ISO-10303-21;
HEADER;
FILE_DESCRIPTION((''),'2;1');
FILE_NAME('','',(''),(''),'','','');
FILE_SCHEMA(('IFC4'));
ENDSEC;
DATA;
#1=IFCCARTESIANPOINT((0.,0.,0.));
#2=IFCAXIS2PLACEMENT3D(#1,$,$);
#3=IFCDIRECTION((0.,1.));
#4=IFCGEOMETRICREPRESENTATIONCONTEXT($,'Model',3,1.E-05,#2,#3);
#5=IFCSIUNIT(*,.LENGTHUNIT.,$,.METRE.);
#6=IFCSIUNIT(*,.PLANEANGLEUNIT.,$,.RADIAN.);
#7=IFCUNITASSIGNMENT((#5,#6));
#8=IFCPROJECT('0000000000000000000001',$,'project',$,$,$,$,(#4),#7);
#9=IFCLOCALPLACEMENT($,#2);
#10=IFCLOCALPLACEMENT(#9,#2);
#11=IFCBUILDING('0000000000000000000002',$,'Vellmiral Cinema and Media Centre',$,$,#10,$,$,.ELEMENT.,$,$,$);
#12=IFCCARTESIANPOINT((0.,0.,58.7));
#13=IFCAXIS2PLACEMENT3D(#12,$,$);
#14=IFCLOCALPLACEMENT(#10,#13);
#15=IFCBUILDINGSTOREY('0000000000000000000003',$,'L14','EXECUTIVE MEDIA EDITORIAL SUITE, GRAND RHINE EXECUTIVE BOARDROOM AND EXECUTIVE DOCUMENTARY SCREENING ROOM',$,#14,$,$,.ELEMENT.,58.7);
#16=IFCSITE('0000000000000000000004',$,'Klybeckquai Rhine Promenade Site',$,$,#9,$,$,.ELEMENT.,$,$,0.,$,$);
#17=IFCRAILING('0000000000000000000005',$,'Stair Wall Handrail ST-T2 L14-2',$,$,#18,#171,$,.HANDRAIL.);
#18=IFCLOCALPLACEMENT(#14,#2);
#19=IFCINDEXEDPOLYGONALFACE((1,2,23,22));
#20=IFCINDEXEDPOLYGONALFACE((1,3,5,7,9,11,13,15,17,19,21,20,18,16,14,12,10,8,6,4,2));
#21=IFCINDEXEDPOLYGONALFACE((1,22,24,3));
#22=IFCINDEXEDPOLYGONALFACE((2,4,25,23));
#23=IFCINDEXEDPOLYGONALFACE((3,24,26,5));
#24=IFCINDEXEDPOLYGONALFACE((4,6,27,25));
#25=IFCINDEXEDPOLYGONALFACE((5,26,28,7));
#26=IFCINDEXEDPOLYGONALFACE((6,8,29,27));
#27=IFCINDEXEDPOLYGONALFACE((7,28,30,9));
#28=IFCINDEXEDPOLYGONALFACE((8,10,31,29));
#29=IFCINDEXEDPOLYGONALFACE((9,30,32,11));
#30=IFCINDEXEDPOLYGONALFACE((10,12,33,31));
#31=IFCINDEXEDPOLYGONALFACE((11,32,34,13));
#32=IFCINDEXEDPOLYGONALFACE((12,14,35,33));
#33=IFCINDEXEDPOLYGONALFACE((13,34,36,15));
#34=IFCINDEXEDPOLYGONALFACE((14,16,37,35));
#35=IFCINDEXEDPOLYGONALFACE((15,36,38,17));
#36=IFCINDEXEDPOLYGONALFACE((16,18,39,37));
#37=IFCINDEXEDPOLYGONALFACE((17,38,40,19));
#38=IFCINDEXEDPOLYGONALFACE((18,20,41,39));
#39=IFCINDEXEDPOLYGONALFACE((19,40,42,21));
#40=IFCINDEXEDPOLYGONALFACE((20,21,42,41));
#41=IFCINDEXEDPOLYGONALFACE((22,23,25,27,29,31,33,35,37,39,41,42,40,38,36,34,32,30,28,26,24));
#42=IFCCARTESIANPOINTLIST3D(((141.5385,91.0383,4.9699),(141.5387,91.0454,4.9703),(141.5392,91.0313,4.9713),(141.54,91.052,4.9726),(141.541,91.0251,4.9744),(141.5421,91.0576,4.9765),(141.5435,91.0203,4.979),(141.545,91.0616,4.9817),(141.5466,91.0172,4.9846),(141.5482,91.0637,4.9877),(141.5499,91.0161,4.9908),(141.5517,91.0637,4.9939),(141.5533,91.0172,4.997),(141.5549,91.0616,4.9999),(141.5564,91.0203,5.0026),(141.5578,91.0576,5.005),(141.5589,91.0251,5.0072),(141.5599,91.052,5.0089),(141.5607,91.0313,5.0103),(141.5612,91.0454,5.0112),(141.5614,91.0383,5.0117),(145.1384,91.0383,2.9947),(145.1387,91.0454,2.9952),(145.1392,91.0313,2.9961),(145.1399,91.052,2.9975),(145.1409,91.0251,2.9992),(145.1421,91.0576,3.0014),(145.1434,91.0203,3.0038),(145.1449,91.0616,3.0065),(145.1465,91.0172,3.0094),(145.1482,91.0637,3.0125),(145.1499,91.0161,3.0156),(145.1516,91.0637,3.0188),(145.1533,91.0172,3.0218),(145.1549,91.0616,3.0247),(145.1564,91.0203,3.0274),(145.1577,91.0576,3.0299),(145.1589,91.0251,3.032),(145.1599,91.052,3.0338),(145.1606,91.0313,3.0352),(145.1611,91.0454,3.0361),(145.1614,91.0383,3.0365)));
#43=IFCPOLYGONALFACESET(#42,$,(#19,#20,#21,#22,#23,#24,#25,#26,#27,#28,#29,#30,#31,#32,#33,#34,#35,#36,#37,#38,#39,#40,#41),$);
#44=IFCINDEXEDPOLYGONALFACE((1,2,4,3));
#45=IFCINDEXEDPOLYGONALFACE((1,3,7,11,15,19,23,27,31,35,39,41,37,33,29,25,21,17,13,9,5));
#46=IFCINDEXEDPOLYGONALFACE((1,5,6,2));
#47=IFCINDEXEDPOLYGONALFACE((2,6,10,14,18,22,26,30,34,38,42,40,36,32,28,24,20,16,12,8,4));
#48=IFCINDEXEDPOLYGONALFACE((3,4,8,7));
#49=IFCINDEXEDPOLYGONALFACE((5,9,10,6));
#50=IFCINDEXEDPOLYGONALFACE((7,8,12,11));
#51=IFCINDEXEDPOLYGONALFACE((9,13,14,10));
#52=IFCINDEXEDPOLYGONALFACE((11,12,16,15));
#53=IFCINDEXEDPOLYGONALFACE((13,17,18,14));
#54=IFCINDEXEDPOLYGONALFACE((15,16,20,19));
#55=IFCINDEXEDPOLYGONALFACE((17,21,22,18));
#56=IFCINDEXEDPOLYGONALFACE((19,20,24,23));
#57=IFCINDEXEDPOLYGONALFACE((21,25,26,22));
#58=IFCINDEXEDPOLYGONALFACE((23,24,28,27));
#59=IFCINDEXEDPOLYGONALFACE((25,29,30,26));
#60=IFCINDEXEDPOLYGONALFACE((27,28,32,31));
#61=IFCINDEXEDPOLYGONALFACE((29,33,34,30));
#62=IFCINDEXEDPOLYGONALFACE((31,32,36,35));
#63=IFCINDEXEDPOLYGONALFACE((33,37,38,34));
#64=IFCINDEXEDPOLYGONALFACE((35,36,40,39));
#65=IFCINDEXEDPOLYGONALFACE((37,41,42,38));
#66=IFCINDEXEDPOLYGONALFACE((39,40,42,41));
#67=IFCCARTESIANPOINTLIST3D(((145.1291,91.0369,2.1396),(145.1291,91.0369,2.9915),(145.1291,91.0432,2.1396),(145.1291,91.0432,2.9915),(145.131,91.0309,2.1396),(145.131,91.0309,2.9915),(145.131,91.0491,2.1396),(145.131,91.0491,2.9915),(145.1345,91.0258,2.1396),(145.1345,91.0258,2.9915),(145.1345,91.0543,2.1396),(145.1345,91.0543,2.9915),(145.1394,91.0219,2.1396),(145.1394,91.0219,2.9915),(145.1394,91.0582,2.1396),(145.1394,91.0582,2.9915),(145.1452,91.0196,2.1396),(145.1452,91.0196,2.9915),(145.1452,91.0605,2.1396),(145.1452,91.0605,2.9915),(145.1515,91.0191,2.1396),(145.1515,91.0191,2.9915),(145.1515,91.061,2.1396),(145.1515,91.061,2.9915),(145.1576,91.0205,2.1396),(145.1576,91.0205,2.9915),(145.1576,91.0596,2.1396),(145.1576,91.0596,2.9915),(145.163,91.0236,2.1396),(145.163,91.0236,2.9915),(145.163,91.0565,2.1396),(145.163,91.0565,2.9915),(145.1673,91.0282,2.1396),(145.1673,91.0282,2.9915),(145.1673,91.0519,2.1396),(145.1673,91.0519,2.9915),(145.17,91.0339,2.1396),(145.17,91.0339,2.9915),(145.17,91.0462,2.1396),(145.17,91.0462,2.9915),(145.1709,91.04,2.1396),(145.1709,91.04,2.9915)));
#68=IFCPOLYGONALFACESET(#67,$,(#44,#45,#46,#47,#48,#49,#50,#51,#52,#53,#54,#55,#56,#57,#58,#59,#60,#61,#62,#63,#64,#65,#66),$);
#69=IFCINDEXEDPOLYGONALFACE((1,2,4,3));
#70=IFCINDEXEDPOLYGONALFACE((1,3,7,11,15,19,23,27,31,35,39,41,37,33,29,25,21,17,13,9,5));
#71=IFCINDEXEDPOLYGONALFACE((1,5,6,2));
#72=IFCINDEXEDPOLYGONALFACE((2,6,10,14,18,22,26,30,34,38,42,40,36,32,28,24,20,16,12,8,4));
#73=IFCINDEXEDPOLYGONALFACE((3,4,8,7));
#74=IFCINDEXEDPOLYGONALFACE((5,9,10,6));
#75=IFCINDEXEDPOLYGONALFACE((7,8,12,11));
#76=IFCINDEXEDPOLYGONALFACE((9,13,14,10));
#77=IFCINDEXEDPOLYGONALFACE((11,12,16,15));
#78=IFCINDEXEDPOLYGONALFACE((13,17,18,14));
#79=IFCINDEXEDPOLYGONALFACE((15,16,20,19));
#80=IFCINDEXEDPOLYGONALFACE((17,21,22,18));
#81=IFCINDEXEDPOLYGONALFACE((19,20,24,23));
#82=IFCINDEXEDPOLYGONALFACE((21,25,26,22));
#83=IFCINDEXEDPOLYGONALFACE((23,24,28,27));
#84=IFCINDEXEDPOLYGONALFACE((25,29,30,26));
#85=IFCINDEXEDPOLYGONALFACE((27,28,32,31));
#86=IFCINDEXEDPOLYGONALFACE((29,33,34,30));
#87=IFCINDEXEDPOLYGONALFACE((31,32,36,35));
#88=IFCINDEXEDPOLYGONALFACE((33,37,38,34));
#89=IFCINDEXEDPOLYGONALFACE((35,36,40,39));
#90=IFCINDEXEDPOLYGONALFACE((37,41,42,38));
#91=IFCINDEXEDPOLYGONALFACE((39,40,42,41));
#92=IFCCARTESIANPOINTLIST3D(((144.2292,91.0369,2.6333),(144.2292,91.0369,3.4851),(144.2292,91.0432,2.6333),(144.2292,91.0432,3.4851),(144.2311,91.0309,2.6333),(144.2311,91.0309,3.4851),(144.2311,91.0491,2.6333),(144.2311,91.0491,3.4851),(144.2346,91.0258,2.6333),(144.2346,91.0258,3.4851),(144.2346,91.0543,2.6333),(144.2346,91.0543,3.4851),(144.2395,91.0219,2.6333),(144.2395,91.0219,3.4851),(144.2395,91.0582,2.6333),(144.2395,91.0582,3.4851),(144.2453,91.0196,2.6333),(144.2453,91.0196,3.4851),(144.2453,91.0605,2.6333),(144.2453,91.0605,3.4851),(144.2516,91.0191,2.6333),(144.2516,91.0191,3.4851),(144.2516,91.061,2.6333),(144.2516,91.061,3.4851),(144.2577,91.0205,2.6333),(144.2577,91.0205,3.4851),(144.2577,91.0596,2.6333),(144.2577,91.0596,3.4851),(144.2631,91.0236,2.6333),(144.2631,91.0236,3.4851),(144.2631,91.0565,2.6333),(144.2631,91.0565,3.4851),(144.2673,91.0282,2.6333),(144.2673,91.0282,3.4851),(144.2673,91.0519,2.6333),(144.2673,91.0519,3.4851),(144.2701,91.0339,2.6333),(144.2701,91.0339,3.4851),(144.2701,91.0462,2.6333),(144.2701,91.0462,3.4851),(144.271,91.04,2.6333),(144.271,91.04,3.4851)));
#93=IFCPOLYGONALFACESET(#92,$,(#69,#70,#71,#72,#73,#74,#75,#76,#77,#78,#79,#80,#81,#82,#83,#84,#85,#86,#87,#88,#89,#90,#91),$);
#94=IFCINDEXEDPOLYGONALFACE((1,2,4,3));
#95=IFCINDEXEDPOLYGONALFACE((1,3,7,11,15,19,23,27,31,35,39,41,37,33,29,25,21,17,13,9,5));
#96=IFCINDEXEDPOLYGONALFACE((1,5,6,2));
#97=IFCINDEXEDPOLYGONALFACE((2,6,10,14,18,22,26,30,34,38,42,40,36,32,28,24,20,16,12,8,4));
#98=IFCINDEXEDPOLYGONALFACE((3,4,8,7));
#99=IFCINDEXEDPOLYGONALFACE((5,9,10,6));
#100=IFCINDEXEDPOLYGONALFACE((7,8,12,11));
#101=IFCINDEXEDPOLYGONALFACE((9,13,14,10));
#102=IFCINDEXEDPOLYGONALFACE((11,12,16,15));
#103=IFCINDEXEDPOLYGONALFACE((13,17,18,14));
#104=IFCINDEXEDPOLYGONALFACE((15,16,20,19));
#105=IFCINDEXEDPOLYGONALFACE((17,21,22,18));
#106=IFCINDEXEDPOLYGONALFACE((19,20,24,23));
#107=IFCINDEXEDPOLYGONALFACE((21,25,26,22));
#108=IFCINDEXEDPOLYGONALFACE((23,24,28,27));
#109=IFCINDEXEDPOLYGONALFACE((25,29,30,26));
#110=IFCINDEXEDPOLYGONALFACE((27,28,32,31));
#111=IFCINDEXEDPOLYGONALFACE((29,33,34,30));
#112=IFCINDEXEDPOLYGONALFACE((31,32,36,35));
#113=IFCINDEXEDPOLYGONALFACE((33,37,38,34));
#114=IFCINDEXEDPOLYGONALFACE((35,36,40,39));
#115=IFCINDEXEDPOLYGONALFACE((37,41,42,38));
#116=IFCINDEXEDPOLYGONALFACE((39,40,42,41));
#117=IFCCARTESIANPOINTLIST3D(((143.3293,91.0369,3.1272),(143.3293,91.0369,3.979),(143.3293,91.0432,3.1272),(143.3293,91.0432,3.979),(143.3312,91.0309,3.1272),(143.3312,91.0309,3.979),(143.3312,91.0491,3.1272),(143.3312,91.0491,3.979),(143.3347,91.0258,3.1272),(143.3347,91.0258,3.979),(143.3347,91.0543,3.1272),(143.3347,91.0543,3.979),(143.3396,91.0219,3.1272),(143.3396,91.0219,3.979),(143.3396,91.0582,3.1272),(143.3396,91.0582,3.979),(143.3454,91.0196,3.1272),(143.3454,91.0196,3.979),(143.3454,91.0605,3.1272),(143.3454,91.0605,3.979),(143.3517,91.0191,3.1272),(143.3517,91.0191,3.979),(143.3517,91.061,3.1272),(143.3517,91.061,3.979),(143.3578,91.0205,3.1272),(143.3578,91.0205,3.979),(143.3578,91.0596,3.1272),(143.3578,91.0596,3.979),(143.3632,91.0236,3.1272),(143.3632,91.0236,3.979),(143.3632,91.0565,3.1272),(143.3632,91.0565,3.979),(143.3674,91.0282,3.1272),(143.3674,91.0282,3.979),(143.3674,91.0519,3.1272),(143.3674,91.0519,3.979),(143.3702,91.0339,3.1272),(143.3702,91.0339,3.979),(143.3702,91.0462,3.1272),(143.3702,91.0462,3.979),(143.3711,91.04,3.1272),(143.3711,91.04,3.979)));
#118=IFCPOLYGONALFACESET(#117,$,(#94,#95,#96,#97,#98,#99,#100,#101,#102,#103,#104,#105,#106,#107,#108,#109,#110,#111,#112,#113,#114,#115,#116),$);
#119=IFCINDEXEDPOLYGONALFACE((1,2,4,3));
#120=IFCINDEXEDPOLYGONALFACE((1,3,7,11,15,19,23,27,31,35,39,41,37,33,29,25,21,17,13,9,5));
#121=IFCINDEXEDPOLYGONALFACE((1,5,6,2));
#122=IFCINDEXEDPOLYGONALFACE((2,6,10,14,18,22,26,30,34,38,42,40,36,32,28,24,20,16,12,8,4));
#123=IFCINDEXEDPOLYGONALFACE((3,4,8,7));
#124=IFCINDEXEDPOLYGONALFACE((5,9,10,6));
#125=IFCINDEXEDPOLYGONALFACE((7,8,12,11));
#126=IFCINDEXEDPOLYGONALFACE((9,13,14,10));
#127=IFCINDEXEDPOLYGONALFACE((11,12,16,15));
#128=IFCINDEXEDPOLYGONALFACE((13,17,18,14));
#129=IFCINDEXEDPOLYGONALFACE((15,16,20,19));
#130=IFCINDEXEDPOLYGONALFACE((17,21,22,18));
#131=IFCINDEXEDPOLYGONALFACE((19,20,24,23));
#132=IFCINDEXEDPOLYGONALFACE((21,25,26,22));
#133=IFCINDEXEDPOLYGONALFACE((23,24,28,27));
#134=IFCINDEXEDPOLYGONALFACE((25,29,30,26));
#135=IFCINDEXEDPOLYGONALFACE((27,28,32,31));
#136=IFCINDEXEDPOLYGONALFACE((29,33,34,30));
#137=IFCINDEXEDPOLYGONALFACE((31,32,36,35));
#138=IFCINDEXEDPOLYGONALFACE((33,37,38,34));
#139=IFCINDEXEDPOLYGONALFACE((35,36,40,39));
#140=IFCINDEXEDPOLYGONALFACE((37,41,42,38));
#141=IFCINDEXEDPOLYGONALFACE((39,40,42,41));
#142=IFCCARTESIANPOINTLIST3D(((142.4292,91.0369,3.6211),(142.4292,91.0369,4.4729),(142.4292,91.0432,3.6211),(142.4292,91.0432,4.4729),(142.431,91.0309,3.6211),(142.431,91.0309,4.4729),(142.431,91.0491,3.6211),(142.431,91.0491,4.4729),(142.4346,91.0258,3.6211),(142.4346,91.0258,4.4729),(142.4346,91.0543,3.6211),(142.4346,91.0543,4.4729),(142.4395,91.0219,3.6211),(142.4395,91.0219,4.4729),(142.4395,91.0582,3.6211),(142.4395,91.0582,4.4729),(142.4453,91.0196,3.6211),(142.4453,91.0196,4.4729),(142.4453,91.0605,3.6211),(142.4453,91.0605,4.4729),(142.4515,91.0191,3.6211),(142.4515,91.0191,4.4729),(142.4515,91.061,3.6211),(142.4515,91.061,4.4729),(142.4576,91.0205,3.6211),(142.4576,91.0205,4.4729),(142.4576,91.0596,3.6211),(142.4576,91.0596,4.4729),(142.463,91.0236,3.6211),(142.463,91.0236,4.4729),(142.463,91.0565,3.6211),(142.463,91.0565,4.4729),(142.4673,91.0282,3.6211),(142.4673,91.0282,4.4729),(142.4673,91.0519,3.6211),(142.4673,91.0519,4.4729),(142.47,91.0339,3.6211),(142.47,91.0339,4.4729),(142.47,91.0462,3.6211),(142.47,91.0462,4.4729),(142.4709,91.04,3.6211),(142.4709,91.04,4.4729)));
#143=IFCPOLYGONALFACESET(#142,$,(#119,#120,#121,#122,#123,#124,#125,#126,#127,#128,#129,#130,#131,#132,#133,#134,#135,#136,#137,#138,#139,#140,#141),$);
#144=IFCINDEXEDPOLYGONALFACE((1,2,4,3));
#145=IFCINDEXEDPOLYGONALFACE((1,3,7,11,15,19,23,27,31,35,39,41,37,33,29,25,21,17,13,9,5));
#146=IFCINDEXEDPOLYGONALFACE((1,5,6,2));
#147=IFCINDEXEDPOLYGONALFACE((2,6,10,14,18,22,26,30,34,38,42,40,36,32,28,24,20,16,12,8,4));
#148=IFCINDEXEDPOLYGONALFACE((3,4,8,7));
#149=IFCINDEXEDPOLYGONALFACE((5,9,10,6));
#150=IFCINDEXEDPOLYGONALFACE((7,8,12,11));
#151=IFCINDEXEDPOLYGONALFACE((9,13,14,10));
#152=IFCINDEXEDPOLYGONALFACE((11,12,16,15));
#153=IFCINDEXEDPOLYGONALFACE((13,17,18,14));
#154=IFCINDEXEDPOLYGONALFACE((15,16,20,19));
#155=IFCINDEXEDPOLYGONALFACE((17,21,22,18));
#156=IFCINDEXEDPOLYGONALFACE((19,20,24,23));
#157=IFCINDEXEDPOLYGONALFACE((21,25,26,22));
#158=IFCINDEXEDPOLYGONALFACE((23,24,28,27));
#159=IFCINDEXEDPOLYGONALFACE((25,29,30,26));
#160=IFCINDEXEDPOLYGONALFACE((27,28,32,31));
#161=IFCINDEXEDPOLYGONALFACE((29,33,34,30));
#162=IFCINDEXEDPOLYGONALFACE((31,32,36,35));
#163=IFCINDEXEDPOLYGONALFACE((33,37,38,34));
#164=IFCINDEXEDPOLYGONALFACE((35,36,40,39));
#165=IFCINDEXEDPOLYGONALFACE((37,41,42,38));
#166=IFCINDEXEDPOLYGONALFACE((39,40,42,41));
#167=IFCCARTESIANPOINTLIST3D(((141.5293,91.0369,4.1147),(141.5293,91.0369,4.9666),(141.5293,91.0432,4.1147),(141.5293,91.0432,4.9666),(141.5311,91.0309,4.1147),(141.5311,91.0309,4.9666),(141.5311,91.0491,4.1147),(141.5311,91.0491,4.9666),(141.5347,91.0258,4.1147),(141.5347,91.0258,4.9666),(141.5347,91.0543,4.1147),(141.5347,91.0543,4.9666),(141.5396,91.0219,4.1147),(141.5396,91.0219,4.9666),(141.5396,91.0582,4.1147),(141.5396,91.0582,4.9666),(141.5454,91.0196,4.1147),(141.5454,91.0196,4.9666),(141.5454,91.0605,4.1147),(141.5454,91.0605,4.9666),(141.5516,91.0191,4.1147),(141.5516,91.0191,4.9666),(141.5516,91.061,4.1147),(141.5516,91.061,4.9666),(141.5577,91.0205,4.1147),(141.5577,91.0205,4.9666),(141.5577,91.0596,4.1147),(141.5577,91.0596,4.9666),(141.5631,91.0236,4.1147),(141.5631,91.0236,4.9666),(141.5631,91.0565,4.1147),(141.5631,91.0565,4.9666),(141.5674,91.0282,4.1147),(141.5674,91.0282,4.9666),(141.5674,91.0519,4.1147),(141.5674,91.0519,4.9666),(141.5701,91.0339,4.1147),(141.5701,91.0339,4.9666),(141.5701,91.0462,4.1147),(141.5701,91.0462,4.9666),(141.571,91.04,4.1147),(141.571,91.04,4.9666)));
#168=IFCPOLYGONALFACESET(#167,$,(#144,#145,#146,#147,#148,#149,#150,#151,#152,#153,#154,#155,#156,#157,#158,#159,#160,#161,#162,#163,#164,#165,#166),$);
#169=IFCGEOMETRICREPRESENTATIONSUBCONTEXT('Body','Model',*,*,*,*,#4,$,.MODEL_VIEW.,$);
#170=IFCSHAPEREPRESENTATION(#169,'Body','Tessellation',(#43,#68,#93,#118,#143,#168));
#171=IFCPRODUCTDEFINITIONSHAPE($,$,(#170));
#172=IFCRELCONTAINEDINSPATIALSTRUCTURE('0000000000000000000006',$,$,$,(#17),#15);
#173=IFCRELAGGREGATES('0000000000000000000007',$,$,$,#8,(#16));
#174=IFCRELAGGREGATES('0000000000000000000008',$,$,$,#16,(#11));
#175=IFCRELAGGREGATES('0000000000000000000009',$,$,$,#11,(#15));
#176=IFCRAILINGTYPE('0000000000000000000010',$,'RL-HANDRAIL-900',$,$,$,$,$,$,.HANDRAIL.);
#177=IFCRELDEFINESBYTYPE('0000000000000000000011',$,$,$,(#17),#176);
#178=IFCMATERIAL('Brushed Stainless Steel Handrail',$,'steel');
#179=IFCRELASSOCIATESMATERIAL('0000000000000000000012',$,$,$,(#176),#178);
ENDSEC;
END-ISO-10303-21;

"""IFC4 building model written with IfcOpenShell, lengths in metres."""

from ifc_helpers import new_model, si_unit, direction, frame, origin, origin_2d, place, context, subcontext, project, spatial, circle, extrude, material, type_object, element, save


model = new_model("IFC4")

# Units and contexts
model_context = context("Model", 3, precision=1e-05, world=origin(), true_north=direction((0.0, 1.0)))
body_context = subcontext(model_context, "Body", "Model", "MODEL_VIEW")
ifc_project = project(units=[si_unit("LENGTHUNIT", "METRE"), si_unit("PLANEANGLEUNIT", "RADIAN")], contexts=[model_context])

# Site, building, storey
site_placement = place(None, origin())
site = spatial("IfcSite", under=ifc_project, at=site_placement, Name="Klybeckquai Rhine Promenade Site", CompositionType="ELEMENT", RefElevation=0.0)
building_placement = place(site_placement, origin())
building = spatial("IfcBuilding", under=site, at=building_placement, Name="Vellmiral Cinema and Media Centre", CompositionType="ELEMENT")
storey_placement = place(building_placement, frame((0.0, 0.0, 58.7)))
storey = spatial("IfcBuildingStorey", under=building, at=storey_placement, Name="L14", Description="EXECUTIVE MEDIA EDITORIAL SUITE, GRAND RHINE EXECUTIVE BOARDROOM AND EXECUTIVE DOCUMENTARY SCREENING ROOM", CompositionType="ELEMENT", Elevation=58.7)

# Railing
ifc_material_1 = material(Name="Brushed Stainless Steel Handrail", Category="steel")
railing_type_1 = type_object("IfcRailingType", Name="RL-HANDRAIL-900", PredefinedType="HANDRAIL", material=ifc_material_1)
railing_1_placement = place(storey_placement, frame((145.1499, 91.04, 2.1396)))
element("IfcRailing", 1, at=railing_1_placement, inside=storey, type_object=railing_type_1, Name="Stair Wall Handrail ST-T2 L14-2", PredefinedType="HANDRAIL", context=body_context, shape_type="SweptSolid", body=[
    extrude(circle(Radius=0.0239, at=origin_2d()), frame((0.0, 0.0, 0.876), z_axis=(-0.876711, 0.0, 0.481017), x_axis=(0.0, -1.0, 0.0)), (0.0, 0.0, 1.0), 4.1062),
    extrude(circle(Radius=0.021, at=origin_2d()), origin(), (0.0, 0.0, 1.0), 0.8518),
    extrude(circle(Radius=0.021, at=origin_2d()), frame((-0.8999, 0.0, 0.4937)), (0.0, 0.0, 1.0), 0.8518),
    extrude(circle(Radius=0.021, at=origin_2d()), frame((-1.7998, 0.0, 0.9875)), (0.0, 0.0, 1.0), 0.8518),
    extrude(circle(Radius=0.021, at=origin_2d()), frame((-2.7, 0.0, 1.4814)), (0.0, 0.0, 1.0), 0.8518),
    extrude(circle(Radius=0.021, at=origin_2d()), frame((-3.5999, 0.0, 1.9751)), (0.0, 0.0, 1.0), 0.8518),
])

save(model, "model.ifc")
